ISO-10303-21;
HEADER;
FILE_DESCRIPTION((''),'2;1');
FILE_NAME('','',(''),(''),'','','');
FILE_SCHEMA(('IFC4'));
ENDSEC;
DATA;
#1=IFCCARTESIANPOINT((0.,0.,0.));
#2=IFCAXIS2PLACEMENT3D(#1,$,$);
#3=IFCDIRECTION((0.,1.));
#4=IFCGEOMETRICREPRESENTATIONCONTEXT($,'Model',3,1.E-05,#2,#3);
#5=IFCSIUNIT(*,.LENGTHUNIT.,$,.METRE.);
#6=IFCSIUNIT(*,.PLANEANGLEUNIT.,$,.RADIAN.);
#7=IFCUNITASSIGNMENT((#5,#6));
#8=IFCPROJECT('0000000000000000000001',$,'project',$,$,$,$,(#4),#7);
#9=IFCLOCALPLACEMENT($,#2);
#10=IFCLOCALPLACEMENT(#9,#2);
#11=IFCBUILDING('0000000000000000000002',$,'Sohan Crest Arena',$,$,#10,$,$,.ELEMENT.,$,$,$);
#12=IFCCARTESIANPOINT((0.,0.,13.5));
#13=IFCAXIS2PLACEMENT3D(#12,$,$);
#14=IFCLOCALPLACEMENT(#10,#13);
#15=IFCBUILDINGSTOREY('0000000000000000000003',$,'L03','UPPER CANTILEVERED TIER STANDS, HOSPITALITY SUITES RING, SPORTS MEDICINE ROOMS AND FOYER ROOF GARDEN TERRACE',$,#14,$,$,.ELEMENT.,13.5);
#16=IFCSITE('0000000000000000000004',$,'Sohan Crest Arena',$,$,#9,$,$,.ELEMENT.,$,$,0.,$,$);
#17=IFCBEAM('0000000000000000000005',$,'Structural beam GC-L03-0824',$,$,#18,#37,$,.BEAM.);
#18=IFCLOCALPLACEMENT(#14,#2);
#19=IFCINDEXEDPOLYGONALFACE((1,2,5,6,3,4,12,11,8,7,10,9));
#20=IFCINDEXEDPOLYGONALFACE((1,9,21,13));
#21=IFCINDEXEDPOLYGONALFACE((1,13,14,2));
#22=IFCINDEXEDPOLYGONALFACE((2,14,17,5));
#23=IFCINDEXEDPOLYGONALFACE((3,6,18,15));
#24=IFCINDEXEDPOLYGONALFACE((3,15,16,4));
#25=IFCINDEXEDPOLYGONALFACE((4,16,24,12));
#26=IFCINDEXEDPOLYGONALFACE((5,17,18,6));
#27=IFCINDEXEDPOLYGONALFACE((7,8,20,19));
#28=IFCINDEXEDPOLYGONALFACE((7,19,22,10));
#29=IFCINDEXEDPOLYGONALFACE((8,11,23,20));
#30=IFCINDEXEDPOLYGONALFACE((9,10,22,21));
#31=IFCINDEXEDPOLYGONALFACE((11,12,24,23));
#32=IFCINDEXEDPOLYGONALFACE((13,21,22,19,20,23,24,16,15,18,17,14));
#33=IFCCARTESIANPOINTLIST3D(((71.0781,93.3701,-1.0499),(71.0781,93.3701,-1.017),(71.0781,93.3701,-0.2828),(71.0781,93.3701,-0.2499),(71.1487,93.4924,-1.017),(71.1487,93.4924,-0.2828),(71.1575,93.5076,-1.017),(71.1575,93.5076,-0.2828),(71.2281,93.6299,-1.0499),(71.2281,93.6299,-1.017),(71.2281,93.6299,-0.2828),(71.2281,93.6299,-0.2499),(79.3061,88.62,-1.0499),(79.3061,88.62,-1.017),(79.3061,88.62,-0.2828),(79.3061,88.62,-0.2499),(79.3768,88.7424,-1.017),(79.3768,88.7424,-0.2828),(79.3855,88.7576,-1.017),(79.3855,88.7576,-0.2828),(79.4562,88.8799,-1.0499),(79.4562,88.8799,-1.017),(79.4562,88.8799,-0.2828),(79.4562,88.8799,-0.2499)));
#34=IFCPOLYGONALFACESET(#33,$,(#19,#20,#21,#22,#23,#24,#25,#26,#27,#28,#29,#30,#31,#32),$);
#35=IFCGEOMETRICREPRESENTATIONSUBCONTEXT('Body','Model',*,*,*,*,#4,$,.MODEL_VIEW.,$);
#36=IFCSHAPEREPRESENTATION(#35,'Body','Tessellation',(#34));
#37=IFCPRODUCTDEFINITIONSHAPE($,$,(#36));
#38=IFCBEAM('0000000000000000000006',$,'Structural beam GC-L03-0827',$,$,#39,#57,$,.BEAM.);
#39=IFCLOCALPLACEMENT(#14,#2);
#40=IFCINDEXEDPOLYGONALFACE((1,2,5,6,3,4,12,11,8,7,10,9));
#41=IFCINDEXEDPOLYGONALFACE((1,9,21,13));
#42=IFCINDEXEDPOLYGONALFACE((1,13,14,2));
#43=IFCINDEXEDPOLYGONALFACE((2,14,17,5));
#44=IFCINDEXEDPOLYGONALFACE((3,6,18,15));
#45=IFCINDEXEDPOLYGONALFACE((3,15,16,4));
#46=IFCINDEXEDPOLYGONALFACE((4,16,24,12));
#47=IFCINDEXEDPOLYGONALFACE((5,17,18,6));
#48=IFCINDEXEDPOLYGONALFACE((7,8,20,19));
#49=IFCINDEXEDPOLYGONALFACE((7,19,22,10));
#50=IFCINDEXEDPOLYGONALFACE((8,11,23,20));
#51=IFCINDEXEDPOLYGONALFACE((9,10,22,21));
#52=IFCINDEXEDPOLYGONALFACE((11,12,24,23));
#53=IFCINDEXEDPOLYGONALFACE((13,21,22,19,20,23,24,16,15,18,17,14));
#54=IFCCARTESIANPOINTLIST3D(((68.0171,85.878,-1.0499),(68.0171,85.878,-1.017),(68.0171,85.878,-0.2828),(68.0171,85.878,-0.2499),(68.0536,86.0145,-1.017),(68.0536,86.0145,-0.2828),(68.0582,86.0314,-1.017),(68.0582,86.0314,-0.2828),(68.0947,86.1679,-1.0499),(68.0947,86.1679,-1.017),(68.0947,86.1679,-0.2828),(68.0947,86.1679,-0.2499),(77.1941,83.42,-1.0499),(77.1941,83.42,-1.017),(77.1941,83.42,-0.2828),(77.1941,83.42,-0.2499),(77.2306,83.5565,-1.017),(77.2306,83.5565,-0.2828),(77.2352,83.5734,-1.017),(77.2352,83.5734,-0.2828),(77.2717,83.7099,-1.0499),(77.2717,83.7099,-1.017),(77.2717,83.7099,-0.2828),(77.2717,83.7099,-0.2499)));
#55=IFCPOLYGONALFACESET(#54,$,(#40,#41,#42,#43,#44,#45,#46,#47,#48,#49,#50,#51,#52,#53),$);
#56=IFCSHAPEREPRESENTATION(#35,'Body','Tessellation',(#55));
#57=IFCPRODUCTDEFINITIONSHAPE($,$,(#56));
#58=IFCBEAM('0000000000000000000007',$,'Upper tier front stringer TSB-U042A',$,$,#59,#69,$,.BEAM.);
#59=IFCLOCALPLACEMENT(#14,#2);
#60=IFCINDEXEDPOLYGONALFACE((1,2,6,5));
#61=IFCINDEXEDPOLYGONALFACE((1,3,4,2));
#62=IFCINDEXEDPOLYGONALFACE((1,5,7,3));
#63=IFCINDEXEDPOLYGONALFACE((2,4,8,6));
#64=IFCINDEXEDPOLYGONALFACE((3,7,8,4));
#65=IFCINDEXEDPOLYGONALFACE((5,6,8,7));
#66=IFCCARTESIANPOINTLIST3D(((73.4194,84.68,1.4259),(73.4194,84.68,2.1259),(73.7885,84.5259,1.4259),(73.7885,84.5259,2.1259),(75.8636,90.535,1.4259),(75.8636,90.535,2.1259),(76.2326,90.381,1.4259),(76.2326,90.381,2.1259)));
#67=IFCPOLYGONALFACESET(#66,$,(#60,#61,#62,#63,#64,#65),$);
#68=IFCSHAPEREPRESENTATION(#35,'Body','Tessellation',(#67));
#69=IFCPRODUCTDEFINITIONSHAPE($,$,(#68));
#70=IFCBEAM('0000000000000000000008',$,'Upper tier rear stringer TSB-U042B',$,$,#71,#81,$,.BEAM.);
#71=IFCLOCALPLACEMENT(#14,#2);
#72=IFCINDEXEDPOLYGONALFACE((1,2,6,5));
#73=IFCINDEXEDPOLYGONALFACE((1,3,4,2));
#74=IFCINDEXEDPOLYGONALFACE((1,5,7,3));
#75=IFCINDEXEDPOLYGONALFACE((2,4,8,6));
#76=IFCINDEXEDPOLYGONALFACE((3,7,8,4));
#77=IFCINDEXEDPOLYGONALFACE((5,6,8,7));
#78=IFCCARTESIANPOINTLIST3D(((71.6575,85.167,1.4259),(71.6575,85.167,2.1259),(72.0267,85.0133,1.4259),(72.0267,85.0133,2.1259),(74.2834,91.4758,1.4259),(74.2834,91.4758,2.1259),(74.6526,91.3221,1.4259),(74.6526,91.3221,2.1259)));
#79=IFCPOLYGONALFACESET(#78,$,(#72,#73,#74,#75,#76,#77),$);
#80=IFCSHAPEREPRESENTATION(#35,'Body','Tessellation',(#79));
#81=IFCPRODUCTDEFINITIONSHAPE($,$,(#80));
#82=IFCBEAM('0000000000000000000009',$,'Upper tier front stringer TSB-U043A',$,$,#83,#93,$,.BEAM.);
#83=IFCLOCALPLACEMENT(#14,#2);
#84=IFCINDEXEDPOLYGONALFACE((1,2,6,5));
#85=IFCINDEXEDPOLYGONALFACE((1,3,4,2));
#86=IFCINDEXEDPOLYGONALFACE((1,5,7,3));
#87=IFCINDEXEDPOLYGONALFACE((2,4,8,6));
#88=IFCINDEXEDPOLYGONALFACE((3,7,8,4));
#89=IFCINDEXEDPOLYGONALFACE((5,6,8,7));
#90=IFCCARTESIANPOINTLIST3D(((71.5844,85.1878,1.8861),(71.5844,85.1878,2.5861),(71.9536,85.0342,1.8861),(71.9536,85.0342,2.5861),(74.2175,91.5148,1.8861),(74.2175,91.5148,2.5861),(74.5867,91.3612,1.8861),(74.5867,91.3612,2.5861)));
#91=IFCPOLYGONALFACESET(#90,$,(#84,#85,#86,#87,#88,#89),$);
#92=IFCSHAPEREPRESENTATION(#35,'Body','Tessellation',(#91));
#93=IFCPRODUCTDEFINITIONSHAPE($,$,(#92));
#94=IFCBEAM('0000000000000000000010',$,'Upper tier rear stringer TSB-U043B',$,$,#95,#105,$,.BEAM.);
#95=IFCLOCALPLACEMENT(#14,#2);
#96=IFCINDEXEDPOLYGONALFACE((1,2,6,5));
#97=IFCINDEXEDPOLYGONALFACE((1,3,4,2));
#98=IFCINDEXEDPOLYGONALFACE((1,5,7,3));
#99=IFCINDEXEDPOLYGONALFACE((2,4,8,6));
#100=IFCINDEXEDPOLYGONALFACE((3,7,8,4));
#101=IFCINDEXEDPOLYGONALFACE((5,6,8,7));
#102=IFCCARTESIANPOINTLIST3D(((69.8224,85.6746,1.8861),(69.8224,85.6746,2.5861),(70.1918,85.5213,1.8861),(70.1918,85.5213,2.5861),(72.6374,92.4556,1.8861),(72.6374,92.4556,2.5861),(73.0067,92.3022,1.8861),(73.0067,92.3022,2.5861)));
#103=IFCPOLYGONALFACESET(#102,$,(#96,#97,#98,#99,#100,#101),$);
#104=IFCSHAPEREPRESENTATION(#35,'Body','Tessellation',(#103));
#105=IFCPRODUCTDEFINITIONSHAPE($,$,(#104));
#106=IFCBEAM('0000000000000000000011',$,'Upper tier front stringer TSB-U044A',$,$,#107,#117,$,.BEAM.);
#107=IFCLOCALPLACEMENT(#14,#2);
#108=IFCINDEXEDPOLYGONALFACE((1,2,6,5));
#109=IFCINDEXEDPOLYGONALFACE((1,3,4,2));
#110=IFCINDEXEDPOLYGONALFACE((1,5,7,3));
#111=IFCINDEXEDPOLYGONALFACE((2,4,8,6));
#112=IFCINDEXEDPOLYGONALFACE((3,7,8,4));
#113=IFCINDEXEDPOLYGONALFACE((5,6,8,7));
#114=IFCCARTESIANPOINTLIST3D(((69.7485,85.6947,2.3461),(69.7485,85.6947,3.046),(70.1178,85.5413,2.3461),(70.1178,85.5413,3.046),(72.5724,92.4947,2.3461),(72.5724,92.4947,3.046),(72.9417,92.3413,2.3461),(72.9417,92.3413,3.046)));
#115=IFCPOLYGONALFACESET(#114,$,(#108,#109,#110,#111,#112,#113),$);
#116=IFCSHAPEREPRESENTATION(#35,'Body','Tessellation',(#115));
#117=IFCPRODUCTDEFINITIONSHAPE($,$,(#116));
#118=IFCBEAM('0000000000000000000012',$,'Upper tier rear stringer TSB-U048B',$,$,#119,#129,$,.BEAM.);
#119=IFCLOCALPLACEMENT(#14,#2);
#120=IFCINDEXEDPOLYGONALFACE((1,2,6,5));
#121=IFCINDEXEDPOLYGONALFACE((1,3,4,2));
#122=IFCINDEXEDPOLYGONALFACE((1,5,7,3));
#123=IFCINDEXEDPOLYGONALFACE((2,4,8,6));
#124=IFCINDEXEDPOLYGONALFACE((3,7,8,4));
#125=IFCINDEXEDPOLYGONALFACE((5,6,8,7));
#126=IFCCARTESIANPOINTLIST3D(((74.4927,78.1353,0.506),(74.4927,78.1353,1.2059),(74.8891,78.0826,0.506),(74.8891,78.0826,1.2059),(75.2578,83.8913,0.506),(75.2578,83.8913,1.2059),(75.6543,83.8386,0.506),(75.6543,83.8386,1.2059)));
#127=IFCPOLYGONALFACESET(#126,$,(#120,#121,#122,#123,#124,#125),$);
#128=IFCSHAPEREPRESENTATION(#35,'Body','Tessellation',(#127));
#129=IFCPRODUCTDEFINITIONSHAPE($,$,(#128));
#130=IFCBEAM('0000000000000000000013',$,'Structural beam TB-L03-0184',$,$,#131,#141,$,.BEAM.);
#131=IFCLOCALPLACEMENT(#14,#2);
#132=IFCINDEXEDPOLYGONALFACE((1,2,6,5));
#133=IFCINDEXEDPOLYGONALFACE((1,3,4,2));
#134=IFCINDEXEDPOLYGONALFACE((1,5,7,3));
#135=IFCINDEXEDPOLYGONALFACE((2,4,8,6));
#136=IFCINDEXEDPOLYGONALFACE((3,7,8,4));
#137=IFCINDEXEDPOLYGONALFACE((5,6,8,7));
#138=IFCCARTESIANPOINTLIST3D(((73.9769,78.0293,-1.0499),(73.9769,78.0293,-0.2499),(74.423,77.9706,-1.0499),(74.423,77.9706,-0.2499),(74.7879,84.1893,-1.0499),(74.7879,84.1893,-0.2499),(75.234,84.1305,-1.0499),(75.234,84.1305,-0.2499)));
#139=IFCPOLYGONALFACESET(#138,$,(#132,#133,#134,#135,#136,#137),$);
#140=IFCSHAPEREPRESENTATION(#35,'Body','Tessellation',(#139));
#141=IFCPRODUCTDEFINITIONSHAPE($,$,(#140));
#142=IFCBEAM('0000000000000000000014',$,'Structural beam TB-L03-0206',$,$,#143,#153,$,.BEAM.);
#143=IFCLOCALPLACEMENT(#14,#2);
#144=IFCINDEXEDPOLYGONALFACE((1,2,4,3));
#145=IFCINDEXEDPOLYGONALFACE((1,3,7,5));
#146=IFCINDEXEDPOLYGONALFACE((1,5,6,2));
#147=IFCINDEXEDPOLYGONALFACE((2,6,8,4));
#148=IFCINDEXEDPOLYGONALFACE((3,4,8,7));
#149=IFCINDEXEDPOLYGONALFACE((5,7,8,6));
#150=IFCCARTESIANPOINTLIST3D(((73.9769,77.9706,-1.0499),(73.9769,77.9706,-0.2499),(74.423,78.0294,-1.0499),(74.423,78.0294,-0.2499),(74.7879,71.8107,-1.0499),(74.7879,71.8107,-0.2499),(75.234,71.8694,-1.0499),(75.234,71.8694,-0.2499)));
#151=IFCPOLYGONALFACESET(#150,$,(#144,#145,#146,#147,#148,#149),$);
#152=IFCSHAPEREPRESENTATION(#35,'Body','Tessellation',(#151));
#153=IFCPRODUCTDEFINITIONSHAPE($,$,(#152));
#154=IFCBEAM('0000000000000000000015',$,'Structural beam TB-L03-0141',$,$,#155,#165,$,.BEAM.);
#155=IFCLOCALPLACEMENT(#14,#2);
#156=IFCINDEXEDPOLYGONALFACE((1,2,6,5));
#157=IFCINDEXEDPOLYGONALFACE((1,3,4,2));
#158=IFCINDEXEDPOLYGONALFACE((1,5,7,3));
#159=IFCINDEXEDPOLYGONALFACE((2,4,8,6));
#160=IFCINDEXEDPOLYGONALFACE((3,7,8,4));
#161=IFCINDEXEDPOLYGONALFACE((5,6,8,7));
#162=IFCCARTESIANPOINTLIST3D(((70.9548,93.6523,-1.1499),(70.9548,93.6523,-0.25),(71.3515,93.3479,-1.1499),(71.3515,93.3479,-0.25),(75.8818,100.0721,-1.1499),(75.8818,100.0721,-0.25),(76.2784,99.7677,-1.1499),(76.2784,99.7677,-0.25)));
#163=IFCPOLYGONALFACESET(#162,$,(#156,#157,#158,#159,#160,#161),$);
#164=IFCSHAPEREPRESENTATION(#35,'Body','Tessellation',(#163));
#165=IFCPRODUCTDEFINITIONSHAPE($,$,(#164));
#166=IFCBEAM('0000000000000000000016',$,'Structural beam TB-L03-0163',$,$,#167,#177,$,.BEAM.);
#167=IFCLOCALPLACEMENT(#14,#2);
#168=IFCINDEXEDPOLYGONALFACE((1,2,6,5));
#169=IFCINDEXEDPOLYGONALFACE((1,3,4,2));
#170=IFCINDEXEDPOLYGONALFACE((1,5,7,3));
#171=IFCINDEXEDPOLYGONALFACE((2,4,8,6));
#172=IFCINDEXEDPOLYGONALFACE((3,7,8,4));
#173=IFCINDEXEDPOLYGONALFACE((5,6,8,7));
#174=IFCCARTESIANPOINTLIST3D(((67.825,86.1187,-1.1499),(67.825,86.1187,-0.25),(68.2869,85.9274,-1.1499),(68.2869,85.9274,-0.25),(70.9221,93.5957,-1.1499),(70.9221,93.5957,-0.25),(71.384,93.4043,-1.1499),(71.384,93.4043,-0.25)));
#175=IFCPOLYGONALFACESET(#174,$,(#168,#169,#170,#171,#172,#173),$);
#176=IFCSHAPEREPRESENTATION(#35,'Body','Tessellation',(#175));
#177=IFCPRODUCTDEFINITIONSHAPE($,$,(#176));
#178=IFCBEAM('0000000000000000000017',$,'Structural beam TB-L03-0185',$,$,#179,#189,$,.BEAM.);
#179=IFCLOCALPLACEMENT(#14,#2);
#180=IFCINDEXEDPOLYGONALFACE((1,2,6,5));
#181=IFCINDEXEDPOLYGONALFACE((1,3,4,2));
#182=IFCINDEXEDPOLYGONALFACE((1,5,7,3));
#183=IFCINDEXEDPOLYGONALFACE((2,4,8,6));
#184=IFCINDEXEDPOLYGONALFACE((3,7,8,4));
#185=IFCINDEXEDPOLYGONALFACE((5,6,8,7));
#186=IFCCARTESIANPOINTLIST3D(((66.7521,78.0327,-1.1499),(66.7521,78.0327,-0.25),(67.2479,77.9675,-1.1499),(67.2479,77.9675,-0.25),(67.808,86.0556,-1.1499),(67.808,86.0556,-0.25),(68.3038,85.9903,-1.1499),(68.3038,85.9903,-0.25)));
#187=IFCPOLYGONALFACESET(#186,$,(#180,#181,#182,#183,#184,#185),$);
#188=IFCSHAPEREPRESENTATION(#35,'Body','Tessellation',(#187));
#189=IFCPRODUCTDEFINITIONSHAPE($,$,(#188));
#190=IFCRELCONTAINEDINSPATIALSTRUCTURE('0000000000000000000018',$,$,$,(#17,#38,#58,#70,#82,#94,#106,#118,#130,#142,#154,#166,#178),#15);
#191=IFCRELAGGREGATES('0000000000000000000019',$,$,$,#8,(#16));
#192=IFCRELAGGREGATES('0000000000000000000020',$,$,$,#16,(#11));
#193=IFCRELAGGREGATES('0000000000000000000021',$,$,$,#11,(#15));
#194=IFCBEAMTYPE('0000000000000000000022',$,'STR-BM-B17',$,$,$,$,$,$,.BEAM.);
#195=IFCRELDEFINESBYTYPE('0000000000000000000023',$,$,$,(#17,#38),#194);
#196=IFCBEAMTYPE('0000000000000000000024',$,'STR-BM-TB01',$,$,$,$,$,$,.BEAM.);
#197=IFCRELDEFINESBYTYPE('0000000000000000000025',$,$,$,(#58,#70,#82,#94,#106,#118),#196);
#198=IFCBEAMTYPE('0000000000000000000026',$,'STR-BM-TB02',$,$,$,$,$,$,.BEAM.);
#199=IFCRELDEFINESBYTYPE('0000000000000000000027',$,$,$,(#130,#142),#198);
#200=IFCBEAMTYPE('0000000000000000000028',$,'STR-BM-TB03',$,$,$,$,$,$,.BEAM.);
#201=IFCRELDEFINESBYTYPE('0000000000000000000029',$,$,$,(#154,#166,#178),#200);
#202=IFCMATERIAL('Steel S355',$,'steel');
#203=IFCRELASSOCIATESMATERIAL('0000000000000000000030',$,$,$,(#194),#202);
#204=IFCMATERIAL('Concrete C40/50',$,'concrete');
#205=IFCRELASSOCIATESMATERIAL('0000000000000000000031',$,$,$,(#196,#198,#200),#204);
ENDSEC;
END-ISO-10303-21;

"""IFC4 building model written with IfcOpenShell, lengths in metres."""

from ifc_helpers import new_model, si_unit, direction, frame, origin, origin_2d, place, context, subcontext, project, spatial, rectangle, i_section, extrude, material, material_profile, profile_set, type_object, element, save


model = new_model("IFC4")

# Units and contexts
model_context = context("Model", 3, precision=1e-05, world=origin(), true_north=direction((0.0, 1.0)))
body_context = subcontext(model_context, "Body", "Model", "MODEL_VIEW")
ifc_project = project(units=[si_unit("LENGTHUNIT", "METRE"), si_unit("PLANEANGLEUNIT", "RADIAN")], contexts=[model_context])

# Site, building, storey
site_placement = place(None, origin())
site = spatial("IfcSite", under=ifc_project, at=site_placement, Name="Sohan Crest Arena", CompositionType="ELEMENT", RefElevation=0.0)
building_placement = place(site_placement, origin())
building = spatial("IfcBuilding", under=site, at=building_placement, Name="Sohan Crest Arena", CompositionType="ELEMENT")
storey_placement = place(building_placement, frame((0.0, 0.0, 13.5)))
storey = spatial("IfcBuildingStorey", under=building, at=storey_placement, Name="L03", Description="UPPER CANTILEVERED TIER STANDS, HOSPITALITY SUITES RING, SPORTS MEDICINE ROOMS AND FOYER ROOF GARDEN TERRACE", CompositionType="ELEMENT", Elevation=13.5)

# Shared definitions
ifc_material_1 = material(Name="Concrete C40/50", Category="concrete")
ifc_material_2 = material(Name="Steel S355", Category="steel")

# Beams
ifc_material_profile_1 = material_profile(ifc_material_2, i_section(OverallWidth=0.3, OverallDepth=0.8, WebThickness=0.0176, FlangeThickness=0.033, at=origin_2d()), Name="HEB 800")
ifc_profile_set_1 = profile_set([ifc_material_profile_1], Name="Steel S355")
beam_type_1 = type_object("IfcBeamType", Name="STR-BM-B17", PredefinedType="BEAM", material=ifc_profile_set_1)
beam_1_placement = place(storey_placement, frame((71.1531, 93.5, -0.6499), z_axis=(0.866046, -0.499964, 0.0), x_axis=(0.499964, 0.866046, 0.0)))
element("IfcBeam", 1, at=beam_1_placement, inside=storey, type_object=beam_type_1, Name="Structural beam GC-L03-0824", PredefinedType="BEAM", context=body_context, shape_type="SweptSolid", body=[
    extrude(i_section(OverallWidth=0.3, OverallDepth=0.8, WebThickness=0.0176, FlangeThickness=0.033, at=origin_2d()), origin(), (0.0, 0.0, 1.0), 9.5007),
])
beam_2_placement = place(storey_placement, frame((68.0559, 86.0229, -0.6499), z_axis=(0.965951, -0.258725, 0.0), x_axis=(0.258725, 0.965951, 0.0)))
element("IfcBeam", 2, at=beam_2_placement, inside=storey, type_object=beam_type_1, Name="Structural beam GC-L03-0827", PredefinedType="BEAM", context=body_context, shape_type="SweptSolid", body=[
    extrude(i_section(OverallWidth=0.3, OverallDepth=0.8, WebThickness=0.0176, FlangeThickness=0.033, at=origin_2d()), origin(), (0.0, 0.0, 1.0), 9.5005),
])
ifc_material_profile_2 = material_profile(ifc_material_1, rectangle(XDim=0.3999, YDim=0.7, at=origin_2d()), Name="RC-BM 400x700")
ifc_profile_set_2 = profile_set([ifc_material_profile_2], Name="Concrete C40/50")
beam_type_2 = type_object("IfcBeamType", Name="STR-BM-TB01", PredefinedType="BEAM", material=ifc_profile_set_2)
beam_3_placement = place(storey_placement, frame((76.0481, 90.458, 1.7759), z_axis=(-0.385222, -0.922824, 0.0), x_axis=(0.922824, -0.385222, 0.0)))
element("IfcBeam", 3, at=beam_3_placement, inside=storey, type_object=beam_type_2, Name="Upper tier front stringer TSB-U042A", PredefinedType="BEAM", context=body_context, shape_type="SweptSolid", body=[
    extrude(rectangle(XDim=0.3999, YDim=0.7, at=origin_2d()), origin(), (0.0, 0.0, 1.0), 6.3447),
])
beam_4_placement = place(storey_placement, frame((74.468, 91.3989, 1.7759), z_axis=(-0.384278, -0.923217, 0.0), x_axis=(0.923217, -0.384278, 0.0)))
element("IfcBeam", 4, at=beam_4_placement, inside=storey, type_object=beam_type_2, Name="Upper tier rear stringer TSB-U042B", PredefinedType="BEAM", context=body_context, shape_type="SweptSolid", body=[
    extrude(rectangle(XDim=0.3999, YDim=0.7, at=origin_2d()), origin(), (0.0, 0.0, 1.0), 6.8335),
])
beam_5_placement = place(storey_placement, frame((74.4021, 91.438, 2.2361), z_axis=(-0.384223, -0.92324, 0.0), x_axis=(0.92324, -0.384223, 0.0)))
element("IfcBeam", 5, at=beam_5_placement, inside=storey, type_object=beam_type_2, Name="Upper tier front stringer TSB-U043A", PredefinedType="BEAM", context=body_context, shape_type="SweptSolid", body=[
    extrude(rectangle(XDim=0.3999, YDim=0.7, at=origin_2d()), origin(), (0.0, 0.0, 1.0), 6.853),
])
beam_6_placement = place(storey_placement, frame((72.822, 92.3789, 2.2361), z_axis=(-0.383399, -0.923583, 0.0), x_axis=(0.923583, -0.383399, 0.0)))
element("IfcBeam", 6, at=beam_6_placement, inside=storey, type_object=beam_type_2, Name="Upper tier rear stringer TSB-U043B", PredefinedType="BEAM", context=body_context, shape_type="SweptSolid", body=[
    extrude(rectangle(XDim=0.3999, YDim=0.7, at=origin_2d()), origin(), (0.0, 0.0, 1.0), 7.342),
])
beam_7_placement = place(storey_placement, frame((72.7571, 92.418, 2.696), z_axis=(-0.38353, -0.923529, 0.0), x_axis=(0.923529, -0.38353, 0.0)))
element("IfcBeam", 7, at=beam_7_placement, inside=storey, type_object=beam_type_2, Name="Upper tier front stringer TSB-U044A", PredefinedType="BEAM", context=body_context, shape_type="SweptSolid", body=[
    extrude(rectangle(XDim=0.3999, YDim=0.7, at=origin_2d()), origin(), (0.0, 0.0, 1.0), 7.363),
])
beam_8_placement = place(storey_placement, frame((75.4561, 83.865, 0.856), z_axis=(-0.131767, -0.991281, 0.0), x_axis=(0.991281, -0.131767, 0.0)))
element("IfcBeam", 8, at=beam_8_placement, inside=storey, type_object=beam_type_2, Name="Upper tier rear stringer TSB-U048B", PredefinedType="BEAM", context=body_context, shape_type="SweptSolid", body=[
    extrude(rectangle(XDim=0.3999, YDim=0.7, at=origin_2d()), origin(), (0.0, 0.0, 1.0), 5.8066),
])
ifc_material_profile_3 = material_profile(ifc_material_1, rectangle(XDim=0.45, YDim=0.8, at=origin_2d()), Name="RC-BM 450x800")
ifc_profile_set_3 = profile_set([ifc_material_profile_3], Name="Concrete C40/50")
beam_type_3 = type_object("IfcBeamType", Name="STR-BM-TB02", PredefinedType="BEAM", material=ifc_profile_set_3)
for number, where, z_axis, x_axis, name in (
    (9, (75.011, 84.1599, -0.6499), (-0.130537, -0.991443, 0.0), (0.991443, -0.130537, 0.0), "Structural beam TB-L03-0184"),
    (10, (74.2, 78.0, -0.6499), (0.130537, -0.991443, 0.0), (0.991443, 0.130537, 0.0), "Structural beam TB-L03-0206"),
):
    element("IfcBeam", number, at=place(storey_placement, frame(where, z_axis=z_axis, x_axis=x_axis)), inside=storey, type_object=beam_type_3, Name=name, PredefinedType="BEAM", context=body_context, shape_type="SweptSolid", body=[
        extrude(rectangle(XDim=0.45, YDim=0.8, at=origin_2d()), origin(), (0.0, 0.0, 1.0), 6.2131),
    ])
ifc_material_profile_4 = material_profile(ifc_material_1, rectangle(XDim=0.5, YDim=0.8999, at=origin_2d()), Name="RC-BM 500x900")
ifc_profile_set_4 = profile_set([ifc_material_profile_4], Name="Concrete C40/50")
beam_type_4 = type_object("IfcBeamType", Name="STR-BM-TB03", PredefinedType="BEAM", material=ifc_profile_set_4)
beam_9_placement = place(storey_placement, frame((76.0801, 99.9199, -0.7), z_axis=(-0.608825, -0.793304, 0.0), x_axis=(0.793304, -0.608825, 0.0)))
element("IfcBeam", 11, at=beam_9_placement, inside=storey, type_object=beam_type_4, Name="Structural beam TB-L03-0141", PredefinedType="BEAM", context=body_context, shape_type="SweptSolid", body=[
    extrude(rectangle(XDim=0.5, YDim=0.8999, at=origin_2d()), origin(), (0.0, 0.0, 1.0), 8.0925),
])
beam_10_placement = place(storey_placement, frame((71.1531, 93.5, -0.7), z_axis=(-0.382691, -0.923876, 0.0), x_axis=(0.923876, -0.382691, 0.0)))
element("IfcBeam", 12, at=beam_10_placement, inside=storey, type_object=beam_type_4, Name="Structural beam TB-L03-0163", PredefinedType="BEAM", context=body_context, shape_type="SweptSolid", body=[
    extrude(rectangle(XDim=0.5, YDim=0.8999, at=origin_2d()), origin(), (0.0, 0.0, 1.0), 8.093),
])
beam_11_placement = place(storey_placement, frame((68.0559, 86.0229, -0.7), z_axis=(-0.130486, -0.99145, 0.0), x_axis=(0.99145, -0.130486, 0.0)))
element("IfcBeam", 13, at=beam_11_placement, inside=storey, type_object=beam_type_4, Name="Structural beam TB-L03-0185", PredefinedType="BEAM", context=body_context, shape_type="SweptSolid", body=[
    extrude(rectangle(XDim=0.5, YDim=0.8999, at=origin_2d()), origin(), (0.0, 0.0, 1.0), 8.092),
])

save(model, "model.ifc")
